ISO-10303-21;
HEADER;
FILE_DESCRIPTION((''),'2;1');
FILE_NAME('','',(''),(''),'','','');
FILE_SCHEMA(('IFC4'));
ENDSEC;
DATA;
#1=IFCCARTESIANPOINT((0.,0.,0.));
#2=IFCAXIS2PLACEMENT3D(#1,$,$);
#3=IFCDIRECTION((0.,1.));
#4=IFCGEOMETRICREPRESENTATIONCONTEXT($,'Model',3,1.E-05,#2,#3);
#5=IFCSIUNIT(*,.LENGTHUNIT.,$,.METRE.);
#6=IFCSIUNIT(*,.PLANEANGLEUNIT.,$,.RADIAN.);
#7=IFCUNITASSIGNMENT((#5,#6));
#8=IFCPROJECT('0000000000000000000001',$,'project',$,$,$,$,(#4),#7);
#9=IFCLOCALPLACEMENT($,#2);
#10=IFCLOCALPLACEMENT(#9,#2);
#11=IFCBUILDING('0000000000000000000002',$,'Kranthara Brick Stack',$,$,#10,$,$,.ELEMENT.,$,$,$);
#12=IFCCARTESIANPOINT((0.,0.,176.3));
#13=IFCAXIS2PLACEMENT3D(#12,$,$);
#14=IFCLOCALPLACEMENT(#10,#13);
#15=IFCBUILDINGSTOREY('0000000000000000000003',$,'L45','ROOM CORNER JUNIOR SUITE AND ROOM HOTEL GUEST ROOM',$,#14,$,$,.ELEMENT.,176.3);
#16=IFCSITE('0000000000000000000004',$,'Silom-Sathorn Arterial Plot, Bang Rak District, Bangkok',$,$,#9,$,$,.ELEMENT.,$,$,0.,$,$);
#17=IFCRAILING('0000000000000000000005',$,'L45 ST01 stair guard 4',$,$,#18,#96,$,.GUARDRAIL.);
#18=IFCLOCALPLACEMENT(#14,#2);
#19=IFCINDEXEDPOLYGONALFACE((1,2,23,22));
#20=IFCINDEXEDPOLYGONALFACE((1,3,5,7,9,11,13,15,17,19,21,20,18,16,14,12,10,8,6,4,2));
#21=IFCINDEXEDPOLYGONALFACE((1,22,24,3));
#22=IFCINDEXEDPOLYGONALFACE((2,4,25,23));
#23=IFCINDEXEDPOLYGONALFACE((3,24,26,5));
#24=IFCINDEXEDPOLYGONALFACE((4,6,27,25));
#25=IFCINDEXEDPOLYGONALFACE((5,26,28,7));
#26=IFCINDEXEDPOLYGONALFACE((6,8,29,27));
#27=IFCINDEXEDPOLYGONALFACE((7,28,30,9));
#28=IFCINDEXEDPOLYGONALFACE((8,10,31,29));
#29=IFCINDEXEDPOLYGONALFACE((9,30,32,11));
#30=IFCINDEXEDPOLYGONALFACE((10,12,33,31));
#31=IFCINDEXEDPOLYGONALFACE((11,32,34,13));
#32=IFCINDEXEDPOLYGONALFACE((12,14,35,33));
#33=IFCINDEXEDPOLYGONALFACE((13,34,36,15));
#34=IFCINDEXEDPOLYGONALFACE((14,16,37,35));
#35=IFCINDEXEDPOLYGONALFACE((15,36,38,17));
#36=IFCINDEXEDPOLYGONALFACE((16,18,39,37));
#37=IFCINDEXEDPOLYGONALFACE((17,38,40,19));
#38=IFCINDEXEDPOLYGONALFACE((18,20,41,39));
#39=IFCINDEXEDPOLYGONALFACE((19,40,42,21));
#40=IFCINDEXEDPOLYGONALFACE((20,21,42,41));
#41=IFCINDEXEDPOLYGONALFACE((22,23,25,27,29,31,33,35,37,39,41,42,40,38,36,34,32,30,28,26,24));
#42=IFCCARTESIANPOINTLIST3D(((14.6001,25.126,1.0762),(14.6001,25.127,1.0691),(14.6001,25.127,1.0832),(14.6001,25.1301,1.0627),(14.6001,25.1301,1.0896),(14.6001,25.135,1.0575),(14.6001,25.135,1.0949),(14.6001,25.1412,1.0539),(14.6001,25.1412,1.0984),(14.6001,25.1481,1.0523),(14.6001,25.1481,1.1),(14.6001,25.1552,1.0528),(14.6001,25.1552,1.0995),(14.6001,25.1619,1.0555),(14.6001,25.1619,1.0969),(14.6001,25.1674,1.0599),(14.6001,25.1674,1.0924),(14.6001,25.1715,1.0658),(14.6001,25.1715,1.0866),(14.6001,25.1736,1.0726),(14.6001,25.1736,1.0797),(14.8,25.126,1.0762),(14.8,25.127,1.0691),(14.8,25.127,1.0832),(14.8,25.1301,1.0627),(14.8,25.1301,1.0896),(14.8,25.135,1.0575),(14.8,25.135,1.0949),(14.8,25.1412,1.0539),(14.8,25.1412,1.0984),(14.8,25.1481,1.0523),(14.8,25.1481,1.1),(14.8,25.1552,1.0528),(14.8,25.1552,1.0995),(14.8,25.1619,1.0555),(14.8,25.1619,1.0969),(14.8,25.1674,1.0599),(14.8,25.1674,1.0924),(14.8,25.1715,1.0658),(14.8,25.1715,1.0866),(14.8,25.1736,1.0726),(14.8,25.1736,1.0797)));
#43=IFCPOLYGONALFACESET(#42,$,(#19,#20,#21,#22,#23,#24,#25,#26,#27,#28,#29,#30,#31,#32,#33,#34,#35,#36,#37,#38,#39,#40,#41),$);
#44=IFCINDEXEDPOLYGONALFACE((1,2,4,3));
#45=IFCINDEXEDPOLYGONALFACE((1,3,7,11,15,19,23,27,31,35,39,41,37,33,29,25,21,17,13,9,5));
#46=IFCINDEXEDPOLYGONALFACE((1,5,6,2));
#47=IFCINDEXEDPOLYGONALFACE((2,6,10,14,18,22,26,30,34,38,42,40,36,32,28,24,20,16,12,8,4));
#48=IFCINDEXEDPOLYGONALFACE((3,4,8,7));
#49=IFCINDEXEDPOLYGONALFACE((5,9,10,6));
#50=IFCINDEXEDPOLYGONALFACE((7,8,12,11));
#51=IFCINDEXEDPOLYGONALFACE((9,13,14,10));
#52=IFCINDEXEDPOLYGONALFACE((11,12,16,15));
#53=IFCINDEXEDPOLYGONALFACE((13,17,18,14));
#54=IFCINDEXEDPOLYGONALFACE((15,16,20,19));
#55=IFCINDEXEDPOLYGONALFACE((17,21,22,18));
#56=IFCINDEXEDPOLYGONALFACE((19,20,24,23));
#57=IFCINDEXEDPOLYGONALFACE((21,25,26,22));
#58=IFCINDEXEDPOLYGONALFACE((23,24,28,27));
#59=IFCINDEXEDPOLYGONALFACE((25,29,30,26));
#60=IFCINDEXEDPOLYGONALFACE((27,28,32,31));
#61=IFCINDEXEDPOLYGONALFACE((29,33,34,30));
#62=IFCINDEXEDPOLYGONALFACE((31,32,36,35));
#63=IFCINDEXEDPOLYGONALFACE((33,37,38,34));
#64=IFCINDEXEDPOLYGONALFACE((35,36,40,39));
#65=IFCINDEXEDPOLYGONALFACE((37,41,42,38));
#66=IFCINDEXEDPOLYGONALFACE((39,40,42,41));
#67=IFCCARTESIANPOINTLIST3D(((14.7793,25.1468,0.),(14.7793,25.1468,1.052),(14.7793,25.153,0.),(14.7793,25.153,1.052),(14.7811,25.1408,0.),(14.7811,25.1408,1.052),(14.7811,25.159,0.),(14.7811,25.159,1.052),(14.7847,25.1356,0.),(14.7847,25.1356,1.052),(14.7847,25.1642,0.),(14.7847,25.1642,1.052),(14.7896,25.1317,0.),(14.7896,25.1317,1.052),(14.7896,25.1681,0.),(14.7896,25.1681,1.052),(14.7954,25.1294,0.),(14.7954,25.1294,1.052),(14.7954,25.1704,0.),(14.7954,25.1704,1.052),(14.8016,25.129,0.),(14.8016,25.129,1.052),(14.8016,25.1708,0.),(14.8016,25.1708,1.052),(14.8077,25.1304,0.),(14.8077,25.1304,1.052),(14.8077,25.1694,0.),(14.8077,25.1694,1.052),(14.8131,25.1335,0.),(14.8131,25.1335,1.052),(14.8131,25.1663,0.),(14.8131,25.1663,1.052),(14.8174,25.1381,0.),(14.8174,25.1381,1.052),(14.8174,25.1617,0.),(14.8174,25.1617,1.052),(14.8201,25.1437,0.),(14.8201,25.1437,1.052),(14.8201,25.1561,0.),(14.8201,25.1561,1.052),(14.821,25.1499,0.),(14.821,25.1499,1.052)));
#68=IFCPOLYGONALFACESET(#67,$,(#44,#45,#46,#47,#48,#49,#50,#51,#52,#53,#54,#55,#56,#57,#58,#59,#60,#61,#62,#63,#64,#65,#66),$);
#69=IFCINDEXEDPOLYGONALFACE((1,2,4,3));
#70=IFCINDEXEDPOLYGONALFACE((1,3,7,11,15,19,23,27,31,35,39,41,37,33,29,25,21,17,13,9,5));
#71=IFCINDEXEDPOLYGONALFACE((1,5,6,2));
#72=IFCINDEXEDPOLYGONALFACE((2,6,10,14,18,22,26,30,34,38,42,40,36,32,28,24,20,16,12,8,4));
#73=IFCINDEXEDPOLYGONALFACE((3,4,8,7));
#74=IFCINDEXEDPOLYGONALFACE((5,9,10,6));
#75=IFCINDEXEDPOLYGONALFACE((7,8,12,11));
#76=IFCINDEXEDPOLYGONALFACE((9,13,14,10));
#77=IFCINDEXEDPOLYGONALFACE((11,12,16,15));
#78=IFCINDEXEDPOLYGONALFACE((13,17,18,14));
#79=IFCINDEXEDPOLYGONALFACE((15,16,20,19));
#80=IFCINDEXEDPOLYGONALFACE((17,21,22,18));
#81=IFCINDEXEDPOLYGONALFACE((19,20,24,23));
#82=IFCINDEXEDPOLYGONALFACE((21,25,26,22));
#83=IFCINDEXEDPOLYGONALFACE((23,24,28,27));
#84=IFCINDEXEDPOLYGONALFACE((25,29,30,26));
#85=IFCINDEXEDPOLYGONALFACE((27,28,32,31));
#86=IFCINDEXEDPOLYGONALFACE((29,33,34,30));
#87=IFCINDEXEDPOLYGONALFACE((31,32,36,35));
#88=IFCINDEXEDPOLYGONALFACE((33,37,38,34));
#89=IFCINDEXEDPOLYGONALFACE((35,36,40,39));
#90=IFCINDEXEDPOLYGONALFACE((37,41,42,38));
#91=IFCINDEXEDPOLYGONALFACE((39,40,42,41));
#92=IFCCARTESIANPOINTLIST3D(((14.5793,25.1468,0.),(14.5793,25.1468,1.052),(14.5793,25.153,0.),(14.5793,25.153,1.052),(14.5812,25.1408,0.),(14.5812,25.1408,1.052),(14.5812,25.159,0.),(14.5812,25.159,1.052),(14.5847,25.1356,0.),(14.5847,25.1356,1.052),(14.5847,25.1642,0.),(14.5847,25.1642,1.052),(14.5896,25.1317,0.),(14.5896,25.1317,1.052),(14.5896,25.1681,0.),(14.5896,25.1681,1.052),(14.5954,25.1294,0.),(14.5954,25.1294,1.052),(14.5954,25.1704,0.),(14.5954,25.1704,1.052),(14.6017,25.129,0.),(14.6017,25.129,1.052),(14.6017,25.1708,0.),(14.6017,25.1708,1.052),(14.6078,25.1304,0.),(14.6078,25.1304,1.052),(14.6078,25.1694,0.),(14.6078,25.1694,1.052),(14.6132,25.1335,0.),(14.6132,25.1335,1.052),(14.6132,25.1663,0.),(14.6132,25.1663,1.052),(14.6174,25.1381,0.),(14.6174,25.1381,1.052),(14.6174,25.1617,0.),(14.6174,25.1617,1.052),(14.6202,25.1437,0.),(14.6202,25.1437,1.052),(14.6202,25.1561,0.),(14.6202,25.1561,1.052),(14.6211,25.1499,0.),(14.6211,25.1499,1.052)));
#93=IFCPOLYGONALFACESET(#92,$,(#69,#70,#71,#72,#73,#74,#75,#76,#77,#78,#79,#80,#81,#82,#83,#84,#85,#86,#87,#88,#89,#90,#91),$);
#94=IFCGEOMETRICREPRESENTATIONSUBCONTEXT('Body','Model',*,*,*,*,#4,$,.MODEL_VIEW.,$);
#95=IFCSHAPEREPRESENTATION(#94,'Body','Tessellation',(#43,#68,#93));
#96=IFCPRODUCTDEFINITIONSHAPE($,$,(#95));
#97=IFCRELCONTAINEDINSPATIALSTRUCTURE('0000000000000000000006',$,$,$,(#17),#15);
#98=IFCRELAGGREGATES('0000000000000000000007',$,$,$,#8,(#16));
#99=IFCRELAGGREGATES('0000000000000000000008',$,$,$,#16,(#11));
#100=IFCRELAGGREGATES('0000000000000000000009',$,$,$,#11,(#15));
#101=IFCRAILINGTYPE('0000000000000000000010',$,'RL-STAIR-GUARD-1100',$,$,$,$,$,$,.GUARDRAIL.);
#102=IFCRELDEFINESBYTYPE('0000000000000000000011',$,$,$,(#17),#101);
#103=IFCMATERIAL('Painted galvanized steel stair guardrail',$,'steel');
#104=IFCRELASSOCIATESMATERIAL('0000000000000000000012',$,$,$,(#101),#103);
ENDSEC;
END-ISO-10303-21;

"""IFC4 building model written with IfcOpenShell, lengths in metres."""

from ifc_helpers import new_model, si_unit, direction, frame, origin, origin_2d, place, context, subcontext, project, spatial, circle, extrude, material, type_object, element, save


model = new_model("IFC4")

# Units and contexts
model_context = context("Model", 3, precision=1e-05, world=origin(), true_north=direction((0.0, 1.0)))
body_context = subcontext(model_context, "Body", "Model", "MODEL_VIEW")
ifc_project = project(units=[si_unit("LENGTHUNIT", "METRE"), si_unit("PLANEANGLEUNIT", "RADIAN")], contexts=[model_context])

# Site, building, storey
site_placement = place(None, origin())
site = spatial("IfcSite", under=ifc_project, at=site_placement, Name="Silom-Sathorn Arterial Plot, Bang Rak District, Bangkok", CompositionType="ELEMENT", RefElevation=0.0)
building_placement = place(site_placement, origin())
building = spatial("IfcBuilding", under=site, at=building_placement, Name="Kranthara Brick Stack", CompositionType="ELEMENT")
storey_placement = place(building_placement, frame((0.0, 0.0, 176.3)))
storey = spatial("IfcBuildingStorey", under=building, at=storey_placement, Name="L45", Description="ROOM CORNER JUNIOR SUITE AND ROOM HOTEL GUEST ROOM", CompositionType="ELEMENT", Elevation=176.3)

# Railing
ifc_material_1 = material(Name="Painted galvanized steel stair guardrail", Category="steel")
railing_type_1 = type_object("IfcRailingType", Name="RL-STAIR-GUARD-1100", PredefinedType="GUARDRAIL", material=ifc_material_1)
railing_1_placement = place(storey_placement, frame((14.8, 25.1499, 0.0)))
element("IfcRailing", 1, at=railing_1_placement, inside=storey, type_object=railing_type_1, Name="L45 ST01 stair guard 4", PredefinedType="GUARDRAIL", context=body_context, shape_type="SweptSolid", body=[
    extrude(circle(Radius=0.0239, at=origin_2d()), frame((0.0, 0.0, 1.0762), z_axis=(-1.0, 0.0, 0.0), x_axis=(0.0, -1.0, 0.0)), (0.0, 0.0, 1.0), 0.2),
    extrude(circle(Radius=0.021, at=origin_2d()), origin(), (0.0, 0.0, 1.0), 1.052),
    extrude(circle(Radius=0.021, at=origin_2d()), frame((-0.2, 0.0, 0.0)), (0.0, 0.0, 1.0), 1.052),
])

save(model, "model.ifc")
